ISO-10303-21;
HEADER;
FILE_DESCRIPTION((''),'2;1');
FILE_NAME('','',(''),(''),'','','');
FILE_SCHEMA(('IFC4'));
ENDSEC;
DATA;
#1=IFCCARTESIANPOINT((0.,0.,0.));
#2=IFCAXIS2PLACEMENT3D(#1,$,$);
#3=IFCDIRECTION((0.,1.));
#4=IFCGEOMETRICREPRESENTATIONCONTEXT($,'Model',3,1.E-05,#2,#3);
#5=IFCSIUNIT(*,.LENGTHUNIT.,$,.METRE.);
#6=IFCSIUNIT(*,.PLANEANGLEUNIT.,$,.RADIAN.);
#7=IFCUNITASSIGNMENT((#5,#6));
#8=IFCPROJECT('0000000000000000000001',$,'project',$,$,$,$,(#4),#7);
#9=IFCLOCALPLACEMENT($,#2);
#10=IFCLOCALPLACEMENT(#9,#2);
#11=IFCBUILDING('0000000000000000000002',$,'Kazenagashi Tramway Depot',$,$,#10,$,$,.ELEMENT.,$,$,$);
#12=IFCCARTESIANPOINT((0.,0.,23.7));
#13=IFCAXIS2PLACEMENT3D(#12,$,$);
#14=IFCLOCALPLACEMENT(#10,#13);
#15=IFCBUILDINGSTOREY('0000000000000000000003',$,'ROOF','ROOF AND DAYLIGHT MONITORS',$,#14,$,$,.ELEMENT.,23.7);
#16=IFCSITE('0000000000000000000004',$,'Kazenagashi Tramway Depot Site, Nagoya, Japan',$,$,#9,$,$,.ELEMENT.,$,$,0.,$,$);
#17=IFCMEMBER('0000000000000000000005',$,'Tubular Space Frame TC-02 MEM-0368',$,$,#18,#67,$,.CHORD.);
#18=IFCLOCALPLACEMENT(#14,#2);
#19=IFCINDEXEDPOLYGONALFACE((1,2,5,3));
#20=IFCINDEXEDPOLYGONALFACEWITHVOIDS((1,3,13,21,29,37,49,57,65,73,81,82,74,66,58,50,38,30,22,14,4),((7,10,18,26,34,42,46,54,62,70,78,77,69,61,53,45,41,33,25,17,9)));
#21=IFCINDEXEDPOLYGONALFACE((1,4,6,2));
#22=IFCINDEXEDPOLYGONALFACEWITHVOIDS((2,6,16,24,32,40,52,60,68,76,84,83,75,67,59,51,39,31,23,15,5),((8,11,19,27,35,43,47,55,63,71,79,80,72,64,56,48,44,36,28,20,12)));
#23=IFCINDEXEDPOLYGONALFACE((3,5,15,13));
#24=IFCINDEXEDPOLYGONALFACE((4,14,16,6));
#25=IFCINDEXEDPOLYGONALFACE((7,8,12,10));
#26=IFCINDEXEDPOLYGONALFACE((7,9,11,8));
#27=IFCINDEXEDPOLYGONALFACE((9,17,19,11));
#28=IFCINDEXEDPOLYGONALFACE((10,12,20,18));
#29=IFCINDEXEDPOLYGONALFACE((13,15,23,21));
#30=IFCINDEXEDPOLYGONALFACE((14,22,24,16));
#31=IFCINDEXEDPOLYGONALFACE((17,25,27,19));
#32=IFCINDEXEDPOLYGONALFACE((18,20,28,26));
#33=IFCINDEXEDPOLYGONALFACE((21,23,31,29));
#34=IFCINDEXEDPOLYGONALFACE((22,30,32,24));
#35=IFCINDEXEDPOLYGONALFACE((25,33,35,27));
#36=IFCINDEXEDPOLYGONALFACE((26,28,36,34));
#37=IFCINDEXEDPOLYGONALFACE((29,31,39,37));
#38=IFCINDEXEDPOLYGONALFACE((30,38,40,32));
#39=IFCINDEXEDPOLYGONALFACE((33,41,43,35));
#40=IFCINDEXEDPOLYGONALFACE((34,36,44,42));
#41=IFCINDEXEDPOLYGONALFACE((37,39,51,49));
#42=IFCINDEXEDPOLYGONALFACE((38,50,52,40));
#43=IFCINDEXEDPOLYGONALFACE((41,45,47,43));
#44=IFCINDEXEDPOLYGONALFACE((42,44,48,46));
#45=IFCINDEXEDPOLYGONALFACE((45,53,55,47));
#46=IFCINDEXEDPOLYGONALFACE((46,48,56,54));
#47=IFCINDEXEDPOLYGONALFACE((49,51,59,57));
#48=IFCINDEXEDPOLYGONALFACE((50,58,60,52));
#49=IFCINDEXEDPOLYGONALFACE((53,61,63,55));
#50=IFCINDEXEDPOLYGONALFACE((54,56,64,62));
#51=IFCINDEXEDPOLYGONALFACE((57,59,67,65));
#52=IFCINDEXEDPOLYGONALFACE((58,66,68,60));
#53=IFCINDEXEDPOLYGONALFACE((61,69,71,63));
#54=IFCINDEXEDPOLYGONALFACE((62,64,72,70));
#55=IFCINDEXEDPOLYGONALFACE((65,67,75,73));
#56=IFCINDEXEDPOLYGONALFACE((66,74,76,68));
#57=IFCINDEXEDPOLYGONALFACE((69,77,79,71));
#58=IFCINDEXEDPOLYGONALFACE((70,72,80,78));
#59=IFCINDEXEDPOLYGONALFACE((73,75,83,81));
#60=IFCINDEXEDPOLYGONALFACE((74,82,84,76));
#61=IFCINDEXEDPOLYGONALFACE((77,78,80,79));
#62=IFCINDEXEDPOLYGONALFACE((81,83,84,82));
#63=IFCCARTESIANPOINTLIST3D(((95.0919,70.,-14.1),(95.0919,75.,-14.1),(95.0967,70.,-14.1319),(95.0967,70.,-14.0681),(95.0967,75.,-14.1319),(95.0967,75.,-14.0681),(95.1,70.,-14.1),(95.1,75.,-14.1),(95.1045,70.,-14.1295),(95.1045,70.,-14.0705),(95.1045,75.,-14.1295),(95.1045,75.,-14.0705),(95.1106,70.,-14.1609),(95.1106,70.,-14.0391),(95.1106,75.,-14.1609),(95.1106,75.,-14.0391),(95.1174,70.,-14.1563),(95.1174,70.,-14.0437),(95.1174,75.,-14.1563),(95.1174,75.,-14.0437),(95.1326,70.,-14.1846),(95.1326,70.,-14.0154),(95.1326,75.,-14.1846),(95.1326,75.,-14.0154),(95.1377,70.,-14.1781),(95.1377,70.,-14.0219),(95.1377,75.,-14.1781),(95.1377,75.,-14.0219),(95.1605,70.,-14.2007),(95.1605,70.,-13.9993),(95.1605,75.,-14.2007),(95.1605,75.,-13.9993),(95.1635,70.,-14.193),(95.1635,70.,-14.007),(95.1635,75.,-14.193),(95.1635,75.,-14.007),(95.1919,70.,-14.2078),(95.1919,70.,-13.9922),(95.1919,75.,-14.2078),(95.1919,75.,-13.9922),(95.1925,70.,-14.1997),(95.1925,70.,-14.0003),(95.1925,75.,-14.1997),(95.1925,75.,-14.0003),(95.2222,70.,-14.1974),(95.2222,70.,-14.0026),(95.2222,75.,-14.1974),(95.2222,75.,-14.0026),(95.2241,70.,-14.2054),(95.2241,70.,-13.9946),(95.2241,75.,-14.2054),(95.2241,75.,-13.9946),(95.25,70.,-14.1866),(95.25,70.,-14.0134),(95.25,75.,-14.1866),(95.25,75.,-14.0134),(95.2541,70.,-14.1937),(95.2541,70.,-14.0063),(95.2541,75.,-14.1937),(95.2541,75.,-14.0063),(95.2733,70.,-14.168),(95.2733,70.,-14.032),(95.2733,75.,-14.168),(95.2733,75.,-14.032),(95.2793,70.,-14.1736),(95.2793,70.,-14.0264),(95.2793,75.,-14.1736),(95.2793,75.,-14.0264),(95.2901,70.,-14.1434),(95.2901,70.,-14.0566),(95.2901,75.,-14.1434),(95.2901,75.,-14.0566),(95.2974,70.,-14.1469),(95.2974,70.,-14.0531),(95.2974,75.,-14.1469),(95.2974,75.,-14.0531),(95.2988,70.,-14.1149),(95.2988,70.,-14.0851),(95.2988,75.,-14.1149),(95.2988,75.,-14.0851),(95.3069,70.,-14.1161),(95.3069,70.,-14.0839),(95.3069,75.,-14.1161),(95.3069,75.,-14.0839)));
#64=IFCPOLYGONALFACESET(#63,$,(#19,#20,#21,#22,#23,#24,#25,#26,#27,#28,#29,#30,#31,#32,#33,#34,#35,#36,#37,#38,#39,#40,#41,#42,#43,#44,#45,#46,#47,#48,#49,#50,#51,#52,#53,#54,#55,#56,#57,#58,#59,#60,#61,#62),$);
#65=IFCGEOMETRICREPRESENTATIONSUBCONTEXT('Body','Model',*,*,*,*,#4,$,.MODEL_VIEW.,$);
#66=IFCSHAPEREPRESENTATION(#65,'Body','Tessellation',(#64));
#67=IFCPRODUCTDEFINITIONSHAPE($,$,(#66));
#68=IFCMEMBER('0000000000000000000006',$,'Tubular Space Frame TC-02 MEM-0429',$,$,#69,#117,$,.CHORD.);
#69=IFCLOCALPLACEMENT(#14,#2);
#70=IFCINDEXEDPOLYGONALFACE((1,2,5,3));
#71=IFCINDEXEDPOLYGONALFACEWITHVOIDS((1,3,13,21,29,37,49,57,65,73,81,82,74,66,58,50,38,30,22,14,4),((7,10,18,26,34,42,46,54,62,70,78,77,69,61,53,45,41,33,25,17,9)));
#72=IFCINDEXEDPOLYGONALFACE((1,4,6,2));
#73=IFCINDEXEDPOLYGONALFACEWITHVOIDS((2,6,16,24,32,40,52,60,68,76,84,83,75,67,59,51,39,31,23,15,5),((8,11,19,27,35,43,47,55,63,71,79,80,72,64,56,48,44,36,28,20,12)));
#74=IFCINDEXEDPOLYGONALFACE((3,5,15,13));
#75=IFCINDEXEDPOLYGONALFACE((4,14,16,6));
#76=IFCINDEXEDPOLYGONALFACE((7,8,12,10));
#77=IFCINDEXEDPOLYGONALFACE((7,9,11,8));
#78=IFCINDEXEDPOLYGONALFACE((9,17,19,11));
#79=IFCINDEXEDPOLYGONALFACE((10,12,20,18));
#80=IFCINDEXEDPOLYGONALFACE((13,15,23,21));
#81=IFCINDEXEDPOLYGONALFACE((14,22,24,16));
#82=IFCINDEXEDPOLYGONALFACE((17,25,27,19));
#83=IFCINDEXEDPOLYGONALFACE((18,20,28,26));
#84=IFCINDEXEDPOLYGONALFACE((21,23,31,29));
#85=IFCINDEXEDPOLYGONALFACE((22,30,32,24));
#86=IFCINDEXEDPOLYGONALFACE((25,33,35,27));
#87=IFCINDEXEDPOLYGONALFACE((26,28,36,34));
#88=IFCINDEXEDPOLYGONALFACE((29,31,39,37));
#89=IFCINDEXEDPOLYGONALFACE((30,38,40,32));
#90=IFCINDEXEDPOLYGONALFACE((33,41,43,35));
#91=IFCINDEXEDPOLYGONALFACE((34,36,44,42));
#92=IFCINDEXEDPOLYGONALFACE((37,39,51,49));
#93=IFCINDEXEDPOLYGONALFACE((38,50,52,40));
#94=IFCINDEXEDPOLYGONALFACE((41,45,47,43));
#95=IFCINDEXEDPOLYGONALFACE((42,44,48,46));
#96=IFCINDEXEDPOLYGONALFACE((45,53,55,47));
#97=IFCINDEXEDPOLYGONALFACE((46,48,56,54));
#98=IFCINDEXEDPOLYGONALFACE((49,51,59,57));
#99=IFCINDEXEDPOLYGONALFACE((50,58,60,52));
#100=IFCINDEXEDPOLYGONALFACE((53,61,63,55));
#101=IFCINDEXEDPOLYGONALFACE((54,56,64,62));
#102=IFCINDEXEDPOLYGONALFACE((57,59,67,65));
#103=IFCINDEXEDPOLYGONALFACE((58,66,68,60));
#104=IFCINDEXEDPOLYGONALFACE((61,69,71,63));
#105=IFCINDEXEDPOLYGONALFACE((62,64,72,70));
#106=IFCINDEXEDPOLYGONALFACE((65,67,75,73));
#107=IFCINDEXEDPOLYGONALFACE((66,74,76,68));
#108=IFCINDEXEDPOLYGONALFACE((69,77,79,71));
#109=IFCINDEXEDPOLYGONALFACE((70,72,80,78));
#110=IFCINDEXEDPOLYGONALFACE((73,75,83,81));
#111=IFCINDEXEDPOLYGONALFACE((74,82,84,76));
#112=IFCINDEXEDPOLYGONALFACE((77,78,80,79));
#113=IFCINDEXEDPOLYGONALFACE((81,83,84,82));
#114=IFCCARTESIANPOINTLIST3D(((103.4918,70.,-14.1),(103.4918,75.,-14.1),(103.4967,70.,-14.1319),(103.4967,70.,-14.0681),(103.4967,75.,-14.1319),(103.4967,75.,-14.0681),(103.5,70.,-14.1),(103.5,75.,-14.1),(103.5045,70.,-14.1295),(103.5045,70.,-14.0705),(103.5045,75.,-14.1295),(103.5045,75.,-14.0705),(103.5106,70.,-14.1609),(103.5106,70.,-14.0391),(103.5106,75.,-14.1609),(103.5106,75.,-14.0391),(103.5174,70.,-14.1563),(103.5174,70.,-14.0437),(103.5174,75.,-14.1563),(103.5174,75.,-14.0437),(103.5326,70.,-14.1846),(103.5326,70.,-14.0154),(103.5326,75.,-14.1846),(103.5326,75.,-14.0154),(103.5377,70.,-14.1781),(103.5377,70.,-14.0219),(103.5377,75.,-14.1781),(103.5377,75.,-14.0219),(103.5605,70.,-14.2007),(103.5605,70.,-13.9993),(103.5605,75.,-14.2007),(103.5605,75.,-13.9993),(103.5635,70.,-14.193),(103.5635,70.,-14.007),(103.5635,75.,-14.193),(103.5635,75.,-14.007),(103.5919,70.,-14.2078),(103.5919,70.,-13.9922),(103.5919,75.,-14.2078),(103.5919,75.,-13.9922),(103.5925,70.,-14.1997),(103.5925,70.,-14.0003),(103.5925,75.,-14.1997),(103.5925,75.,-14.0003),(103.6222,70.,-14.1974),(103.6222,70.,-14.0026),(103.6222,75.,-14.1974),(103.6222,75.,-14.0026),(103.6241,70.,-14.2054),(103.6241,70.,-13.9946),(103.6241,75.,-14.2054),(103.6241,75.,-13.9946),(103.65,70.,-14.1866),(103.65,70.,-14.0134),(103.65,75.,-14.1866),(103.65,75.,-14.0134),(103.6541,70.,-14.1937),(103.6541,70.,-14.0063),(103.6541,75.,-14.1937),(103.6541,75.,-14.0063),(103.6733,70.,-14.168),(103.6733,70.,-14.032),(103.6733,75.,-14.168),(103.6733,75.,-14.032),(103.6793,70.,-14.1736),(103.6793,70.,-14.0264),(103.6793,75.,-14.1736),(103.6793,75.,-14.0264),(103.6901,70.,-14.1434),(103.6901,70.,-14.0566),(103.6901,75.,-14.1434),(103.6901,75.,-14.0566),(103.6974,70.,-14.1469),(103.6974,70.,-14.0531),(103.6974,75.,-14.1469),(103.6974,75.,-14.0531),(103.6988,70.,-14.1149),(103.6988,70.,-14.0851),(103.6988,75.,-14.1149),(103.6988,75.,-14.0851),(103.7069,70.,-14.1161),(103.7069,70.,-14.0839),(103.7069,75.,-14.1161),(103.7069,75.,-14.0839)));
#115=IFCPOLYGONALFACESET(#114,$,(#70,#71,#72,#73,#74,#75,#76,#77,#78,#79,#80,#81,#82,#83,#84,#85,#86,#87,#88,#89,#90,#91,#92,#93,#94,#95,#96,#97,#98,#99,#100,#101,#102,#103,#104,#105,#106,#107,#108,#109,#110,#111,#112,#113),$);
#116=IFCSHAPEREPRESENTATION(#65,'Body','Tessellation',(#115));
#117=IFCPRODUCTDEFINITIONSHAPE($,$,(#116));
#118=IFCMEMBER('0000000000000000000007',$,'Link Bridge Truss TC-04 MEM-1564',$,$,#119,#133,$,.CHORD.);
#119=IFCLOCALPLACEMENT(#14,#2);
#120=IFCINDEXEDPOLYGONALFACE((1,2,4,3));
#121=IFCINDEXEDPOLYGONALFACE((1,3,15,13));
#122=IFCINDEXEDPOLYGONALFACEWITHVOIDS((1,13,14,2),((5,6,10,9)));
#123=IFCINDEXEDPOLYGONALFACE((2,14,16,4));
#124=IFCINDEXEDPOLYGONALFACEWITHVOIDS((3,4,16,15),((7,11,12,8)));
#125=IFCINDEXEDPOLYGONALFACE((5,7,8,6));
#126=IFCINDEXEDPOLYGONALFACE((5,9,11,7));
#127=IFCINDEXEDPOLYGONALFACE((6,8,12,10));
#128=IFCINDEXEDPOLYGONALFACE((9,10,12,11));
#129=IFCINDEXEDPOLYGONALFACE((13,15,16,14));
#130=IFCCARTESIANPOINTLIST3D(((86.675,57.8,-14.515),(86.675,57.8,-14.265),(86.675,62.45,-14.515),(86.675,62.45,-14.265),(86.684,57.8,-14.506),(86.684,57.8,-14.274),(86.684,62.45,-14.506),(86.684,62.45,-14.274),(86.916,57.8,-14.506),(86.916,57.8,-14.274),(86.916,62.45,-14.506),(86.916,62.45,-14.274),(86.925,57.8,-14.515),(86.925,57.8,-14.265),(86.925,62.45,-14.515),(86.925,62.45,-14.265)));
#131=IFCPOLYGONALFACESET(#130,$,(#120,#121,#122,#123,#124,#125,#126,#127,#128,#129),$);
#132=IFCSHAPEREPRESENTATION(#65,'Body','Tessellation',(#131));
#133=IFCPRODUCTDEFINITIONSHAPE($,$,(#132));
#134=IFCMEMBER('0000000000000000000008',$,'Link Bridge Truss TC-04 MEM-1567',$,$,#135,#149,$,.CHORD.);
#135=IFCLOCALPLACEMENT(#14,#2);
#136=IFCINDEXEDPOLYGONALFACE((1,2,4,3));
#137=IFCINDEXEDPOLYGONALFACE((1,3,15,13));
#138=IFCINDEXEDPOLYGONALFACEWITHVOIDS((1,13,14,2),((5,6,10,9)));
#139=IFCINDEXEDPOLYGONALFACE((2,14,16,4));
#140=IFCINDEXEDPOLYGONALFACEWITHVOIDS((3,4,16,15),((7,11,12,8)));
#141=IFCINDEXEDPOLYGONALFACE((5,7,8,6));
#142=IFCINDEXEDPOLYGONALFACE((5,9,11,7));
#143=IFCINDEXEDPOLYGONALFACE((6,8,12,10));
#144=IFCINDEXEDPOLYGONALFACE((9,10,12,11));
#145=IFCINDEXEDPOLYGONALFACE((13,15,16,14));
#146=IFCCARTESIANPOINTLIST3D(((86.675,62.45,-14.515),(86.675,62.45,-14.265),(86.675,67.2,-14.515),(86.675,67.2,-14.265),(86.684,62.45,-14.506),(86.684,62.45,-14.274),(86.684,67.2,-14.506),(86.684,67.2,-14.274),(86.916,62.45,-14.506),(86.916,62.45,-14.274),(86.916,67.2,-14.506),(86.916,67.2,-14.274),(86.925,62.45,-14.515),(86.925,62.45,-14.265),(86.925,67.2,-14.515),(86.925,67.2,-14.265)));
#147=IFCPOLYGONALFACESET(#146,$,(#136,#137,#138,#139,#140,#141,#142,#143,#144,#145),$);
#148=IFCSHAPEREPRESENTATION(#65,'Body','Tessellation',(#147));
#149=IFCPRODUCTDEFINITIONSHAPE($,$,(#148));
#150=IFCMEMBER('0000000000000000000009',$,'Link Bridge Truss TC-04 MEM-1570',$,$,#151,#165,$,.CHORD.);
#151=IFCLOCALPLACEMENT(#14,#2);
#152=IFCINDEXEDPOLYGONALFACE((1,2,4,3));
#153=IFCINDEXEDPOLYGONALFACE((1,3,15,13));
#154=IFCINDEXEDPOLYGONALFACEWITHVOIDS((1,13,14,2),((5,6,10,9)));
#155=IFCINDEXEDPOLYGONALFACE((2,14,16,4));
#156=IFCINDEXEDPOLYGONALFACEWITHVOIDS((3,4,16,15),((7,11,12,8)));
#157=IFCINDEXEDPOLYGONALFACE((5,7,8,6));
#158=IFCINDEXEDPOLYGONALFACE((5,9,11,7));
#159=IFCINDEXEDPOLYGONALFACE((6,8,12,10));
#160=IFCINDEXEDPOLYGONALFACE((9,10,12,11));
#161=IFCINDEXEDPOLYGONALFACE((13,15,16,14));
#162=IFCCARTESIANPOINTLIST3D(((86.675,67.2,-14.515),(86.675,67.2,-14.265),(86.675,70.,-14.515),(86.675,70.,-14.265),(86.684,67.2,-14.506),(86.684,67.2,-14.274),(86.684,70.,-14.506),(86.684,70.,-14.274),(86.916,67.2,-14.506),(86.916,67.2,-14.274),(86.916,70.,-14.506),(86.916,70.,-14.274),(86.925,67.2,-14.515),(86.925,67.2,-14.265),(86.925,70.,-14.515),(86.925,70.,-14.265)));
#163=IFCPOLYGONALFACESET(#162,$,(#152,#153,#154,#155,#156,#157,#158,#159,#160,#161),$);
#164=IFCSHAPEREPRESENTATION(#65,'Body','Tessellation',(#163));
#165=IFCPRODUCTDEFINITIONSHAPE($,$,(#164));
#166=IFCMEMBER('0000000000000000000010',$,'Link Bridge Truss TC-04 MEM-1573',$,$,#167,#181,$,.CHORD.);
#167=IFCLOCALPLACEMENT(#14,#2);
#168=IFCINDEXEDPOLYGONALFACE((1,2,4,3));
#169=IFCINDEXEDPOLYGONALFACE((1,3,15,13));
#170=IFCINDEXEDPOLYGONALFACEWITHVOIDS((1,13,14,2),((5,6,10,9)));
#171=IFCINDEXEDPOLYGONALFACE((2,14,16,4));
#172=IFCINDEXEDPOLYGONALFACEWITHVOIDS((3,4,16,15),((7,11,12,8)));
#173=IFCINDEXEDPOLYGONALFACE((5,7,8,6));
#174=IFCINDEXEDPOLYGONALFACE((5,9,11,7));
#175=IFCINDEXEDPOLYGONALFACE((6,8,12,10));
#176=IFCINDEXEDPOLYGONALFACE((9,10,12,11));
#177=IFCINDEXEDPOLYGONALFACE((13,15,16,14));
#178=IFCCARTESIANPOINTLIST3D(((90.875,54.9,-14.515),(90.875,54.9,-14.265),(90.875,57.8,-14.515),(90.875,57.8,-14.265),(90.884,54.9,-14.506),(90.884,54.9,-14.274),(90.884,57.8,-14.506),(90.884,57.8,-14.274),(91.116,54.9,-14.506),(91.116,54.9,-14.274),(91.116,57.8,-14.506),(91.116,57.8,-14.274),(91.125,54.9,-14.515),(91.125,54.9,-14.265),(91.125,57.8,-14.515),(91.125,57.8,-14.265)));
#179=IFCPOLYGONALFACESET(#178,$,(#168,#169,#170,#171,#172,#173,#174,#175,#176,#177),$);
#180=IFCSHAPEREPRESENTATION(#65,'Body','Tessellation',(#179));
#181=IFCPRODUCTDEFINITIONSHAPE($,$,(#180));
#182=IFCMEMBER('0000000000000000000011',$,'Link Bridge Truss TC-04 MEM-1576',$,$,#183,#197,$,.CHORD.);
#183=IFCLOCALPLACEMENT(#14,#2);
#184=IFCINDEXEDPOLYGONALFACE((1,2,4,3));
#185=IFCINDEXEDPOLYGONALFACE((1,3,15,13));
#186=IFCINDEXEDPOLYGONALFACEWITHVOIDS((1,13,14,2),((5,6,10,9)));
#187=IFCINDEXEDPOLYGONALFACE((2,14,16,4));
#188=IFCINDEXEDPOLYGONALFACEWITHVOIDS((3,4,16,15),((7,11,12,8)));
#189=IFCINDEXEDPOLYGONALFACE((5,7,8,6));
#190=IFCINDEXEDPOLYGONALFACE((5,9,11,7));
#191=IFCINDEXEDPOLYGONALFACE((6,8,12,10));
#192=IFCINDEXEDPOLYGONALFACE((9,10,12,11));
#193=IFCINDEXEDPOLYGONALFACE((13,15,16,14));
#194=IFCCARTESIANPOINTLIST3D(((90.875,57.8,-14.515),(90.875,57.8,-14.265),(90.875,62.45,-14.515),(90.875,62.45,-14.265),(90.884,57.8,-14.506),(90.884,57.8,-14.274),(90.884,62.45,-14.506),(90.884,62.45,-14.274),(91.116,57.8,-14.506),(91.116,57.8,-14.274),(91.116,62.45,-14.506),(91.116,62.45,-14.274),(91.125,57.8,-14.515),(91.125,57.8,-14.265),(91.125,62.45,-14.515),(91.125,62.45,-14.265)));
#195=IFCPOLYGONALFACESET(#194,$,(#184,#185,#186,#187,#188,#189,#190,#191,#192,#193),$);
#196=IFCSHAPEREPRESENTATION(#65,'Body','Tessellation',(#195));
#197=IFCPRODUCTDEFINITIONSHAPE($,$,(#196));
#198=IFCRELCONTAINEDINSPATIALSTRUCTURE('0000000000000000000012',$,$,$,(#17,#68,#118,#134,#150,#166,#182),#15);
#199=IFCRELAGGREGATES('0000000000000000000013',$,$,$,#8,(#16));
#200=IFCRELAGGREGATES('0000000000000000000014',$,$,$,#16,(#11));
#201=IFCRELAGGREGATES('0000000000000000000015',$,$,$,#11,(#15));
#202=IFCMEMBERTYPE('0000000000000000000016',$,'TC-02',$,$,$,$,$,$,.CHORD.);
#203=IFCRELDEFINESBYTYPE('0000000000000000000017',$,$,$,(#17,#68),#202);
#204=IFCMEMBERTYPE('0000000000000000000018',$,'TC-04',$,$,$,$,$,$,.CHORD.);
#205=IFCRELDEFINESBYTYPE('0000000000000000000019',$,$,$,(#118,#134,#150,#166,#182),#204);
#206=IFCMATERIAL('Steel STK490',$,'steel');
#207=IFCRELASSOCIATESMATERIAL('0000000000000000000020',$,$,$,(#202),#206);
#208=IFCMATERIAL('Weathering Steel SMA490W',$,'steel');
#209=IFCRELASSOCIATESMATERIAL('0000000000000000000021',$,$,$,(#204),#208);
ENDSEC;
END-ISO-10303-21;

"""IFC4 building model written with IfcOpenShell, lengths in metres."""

from ifc_helpers import new_model, si_unit, direction, frame, origin, origin_2d, place, context, subcontext, project, spatial, hollow_rectangle, hollow_circle, extrude, material, material_profile, profile_set, type_object, element, save


model = new_model("IFC4")

# Units and contexts
model_context = context("Model", 3, precision=1e-05, world=origin(), true_north=direction((0.0, 1.0)))
body_context = subcontext(model_context, "Body", "Model", "MODEL_VIEW")
ifc_project = project(units=[si_unit("LENGTHUNIT", "METRE"), si_unit("PLANEANGLEUNIT", "RADIAN")], contexts=[model_context])

# Site, building, storey
site_placement = place(None, origin())
site = spatial("IfcSite", under=ifc_project, at=site_placement, Name="Kazenagashi Tramway Depot Site, Nagoya, Japan", CompositionType="ELEMENT", RefElevation=0.0)
building_placement = place(site_placement, origin())
building = spatial("IfcBuilding", under=site, at=building_placement, Name="Kazenagashi Tramway Depot", CompositionType="ELEMENT")
storey_placement = place(building_placement, frame((0.0, 0.0, 23.7)))
storey = spatial("IfcBuildingStorey", under=building, at=storey_placement, Name="ROOF", Description="ROOF AND DAYLIGHT MONITORS", CompositionType="ELEMENT", Elevation=23.7)

# Members
ifc_material_1 = material(Name="Steel STK490", Category="steel")
ifc_material_profile_1 = material_profile(ifc_material_1, hollow_circle(Radius=0.1081, WallThickness=0.0082, at=origin_2d()), Name="CHS-216.3x8.2")
ifc_profile_set_1 = profile_set([ifc_material_profile_1], Name="Steel STK490")
member_type_1 = type_object("IfcMemberType", Name="TC-02", PredefinedType="CHORD", material=ifc_profile_set_1)
for number, where, z_axis, x_axis, name in (
    (1, (95.2, 70.0, -14.1), (0.0, 1.0, 0.0), (-1.0, 0.0, 0.0), "Tubular Space Frame TC-02 MEM-0368"),
    (2, (103.6, 70.0, -14.1), (0.0, 1.0, 0.0), (-1.0, 0.0, 0.0), "Tubular Space Frame TC-02 MEM-0429"),
):
    element("IfcMember", number, at=place(storey_placement, frame(where, z_axis=z_axis, x_axis=x_axis)), inside=storey, type_object=member_type_1, Name=name, PredefinedType="CHORD", context=body_context, shape_type="SweptSolid", body=[
        extrude(hollow_circle(Radius=0.1081, WallThickness=0.0082, at=origin_2d()), origin(), (0.0, 0.0, 1.0), 5.0),
    ])
ifc_material_2 = material(Name="Weathering Steel SMA490W", Category="steel")
ifc_material_profile_2 = material_profile(ifc_material_2, hollow_rectangle(XDim=0.25, YDim=0.25, WallThickness=0.009, at=origin_2d()), Name="SHS-250x250x9")
ifc_profile_set_2 = profile_set([ifc_material_profile_2], Name="Weathering Steel SMA490W")
member_type_2 = type_object("IfcMemberType", Name="TC-04", PredefinedType="CHORD", material=ifc_profile_set_2)
member_1_placement = place(storey_placement, frame((86.8, 57.8, -14.39), z_axis=(0.0, 1.0, 0.0), x_axis=(-1.0, 0.0, 0.0)))
element("IfcMember", 3, at=member_1_placement, inside=storey, type_object=member_type_2, Name="Link Bridge Truss TC-04 MEM-1564", PredefinedType="CHORD", context=body_context, shape_type="SweptSolid", body=[
    extrude(hollow_rectangle(XDim=0.25, YDim=0.25, WallThickness=0.009, at=origin_2d()), origin(), (0.0, 0.0, 1.0), 4.65),
])
member_2_placement = place(storey_placement, frame((86.8, 62.45, -14.39), z_axis=(0.0, 1.0, 0.0), x_axis=(-1.0, 0.0, 0.0)))
element("IfcMember", 4, at=member_2_placement, inside=storey, type_object=member_type_2, Name="Link Bridge Truss TC-04 MEM-1567", PredefinedType="CHORD", context=body_context, shape_type="SweptSolid", body=[
    extrude(hollow_rectangle(XDim=0.25, YDim=0.25, WallThickness=0.009, at=origin_2d()), origin(), (0.0, 0.0, 1.0), 4.75),
])
member_3_placement = place(storey_placement, frame((86.8, 67.2, -14.39), z_axis=(0.0, 1.0, 0.0), x_axis=(-1.0, 0.0, 0.0)))
element("IfcMember", 5, at=member_3_placement, inside=storey, type_object=member_type_2, Name="Link Bridge Truss TC-04 MEM-1570", PredefinedType="CHORD", context=body_context, shape_type="SweptSolid", body=[
    extrude(hollow_rectangle(XDim=0.25, YDim=0.25, WallThickness=0.009, at=origin_2d()), origin(), (0.0, 0.0, 1.0), 2.8),
])
member_4_placement = place(storey_placement, frame((91.0, 54.9, -14.39), z_axis=(0.0, 1.0, 0.0), x_axis=(-1.0, 0.0, 0.0)))
element("IfcMember", 6, at=member_4_placement, inside=storey, type_object=member_type_2, Name="Link Bridge Truss TC-04 MEM-1573", PredefinedType="CHORD", context=body_context, shape_type="SweptSolid", body=[
    extrude(hollow_rectangle(XDim=0.25, YDim=0.25, WallThickness=0.009, at=origin_2d()), origin(), (0.0, 0.0, 1.0), 2.9),
])
member_5_placement = place(storey_placement, frame((91.0, 57.8, -14.39), z_axis=(0.0, 1.0, 0.0), x_axis=(-1.0, 0.0, 0.0)))
element("IfcMember", 7, at=member_5_placement, inside=storey, type_object=member_type_2, Name="Link Bridge Truss TC-04 MEM-1576", PredefinedType="CHORD", context=body_context, shape_type="SweptSolid", body=[
    extrude(hollow_rectangle(XDim=0.25, YDim=0.25, WallThickness=0.009, at=origin_2d()), origin(), (0.0, 0.0, 1.0), 4.65),
])

save(model, "model.ifc")
